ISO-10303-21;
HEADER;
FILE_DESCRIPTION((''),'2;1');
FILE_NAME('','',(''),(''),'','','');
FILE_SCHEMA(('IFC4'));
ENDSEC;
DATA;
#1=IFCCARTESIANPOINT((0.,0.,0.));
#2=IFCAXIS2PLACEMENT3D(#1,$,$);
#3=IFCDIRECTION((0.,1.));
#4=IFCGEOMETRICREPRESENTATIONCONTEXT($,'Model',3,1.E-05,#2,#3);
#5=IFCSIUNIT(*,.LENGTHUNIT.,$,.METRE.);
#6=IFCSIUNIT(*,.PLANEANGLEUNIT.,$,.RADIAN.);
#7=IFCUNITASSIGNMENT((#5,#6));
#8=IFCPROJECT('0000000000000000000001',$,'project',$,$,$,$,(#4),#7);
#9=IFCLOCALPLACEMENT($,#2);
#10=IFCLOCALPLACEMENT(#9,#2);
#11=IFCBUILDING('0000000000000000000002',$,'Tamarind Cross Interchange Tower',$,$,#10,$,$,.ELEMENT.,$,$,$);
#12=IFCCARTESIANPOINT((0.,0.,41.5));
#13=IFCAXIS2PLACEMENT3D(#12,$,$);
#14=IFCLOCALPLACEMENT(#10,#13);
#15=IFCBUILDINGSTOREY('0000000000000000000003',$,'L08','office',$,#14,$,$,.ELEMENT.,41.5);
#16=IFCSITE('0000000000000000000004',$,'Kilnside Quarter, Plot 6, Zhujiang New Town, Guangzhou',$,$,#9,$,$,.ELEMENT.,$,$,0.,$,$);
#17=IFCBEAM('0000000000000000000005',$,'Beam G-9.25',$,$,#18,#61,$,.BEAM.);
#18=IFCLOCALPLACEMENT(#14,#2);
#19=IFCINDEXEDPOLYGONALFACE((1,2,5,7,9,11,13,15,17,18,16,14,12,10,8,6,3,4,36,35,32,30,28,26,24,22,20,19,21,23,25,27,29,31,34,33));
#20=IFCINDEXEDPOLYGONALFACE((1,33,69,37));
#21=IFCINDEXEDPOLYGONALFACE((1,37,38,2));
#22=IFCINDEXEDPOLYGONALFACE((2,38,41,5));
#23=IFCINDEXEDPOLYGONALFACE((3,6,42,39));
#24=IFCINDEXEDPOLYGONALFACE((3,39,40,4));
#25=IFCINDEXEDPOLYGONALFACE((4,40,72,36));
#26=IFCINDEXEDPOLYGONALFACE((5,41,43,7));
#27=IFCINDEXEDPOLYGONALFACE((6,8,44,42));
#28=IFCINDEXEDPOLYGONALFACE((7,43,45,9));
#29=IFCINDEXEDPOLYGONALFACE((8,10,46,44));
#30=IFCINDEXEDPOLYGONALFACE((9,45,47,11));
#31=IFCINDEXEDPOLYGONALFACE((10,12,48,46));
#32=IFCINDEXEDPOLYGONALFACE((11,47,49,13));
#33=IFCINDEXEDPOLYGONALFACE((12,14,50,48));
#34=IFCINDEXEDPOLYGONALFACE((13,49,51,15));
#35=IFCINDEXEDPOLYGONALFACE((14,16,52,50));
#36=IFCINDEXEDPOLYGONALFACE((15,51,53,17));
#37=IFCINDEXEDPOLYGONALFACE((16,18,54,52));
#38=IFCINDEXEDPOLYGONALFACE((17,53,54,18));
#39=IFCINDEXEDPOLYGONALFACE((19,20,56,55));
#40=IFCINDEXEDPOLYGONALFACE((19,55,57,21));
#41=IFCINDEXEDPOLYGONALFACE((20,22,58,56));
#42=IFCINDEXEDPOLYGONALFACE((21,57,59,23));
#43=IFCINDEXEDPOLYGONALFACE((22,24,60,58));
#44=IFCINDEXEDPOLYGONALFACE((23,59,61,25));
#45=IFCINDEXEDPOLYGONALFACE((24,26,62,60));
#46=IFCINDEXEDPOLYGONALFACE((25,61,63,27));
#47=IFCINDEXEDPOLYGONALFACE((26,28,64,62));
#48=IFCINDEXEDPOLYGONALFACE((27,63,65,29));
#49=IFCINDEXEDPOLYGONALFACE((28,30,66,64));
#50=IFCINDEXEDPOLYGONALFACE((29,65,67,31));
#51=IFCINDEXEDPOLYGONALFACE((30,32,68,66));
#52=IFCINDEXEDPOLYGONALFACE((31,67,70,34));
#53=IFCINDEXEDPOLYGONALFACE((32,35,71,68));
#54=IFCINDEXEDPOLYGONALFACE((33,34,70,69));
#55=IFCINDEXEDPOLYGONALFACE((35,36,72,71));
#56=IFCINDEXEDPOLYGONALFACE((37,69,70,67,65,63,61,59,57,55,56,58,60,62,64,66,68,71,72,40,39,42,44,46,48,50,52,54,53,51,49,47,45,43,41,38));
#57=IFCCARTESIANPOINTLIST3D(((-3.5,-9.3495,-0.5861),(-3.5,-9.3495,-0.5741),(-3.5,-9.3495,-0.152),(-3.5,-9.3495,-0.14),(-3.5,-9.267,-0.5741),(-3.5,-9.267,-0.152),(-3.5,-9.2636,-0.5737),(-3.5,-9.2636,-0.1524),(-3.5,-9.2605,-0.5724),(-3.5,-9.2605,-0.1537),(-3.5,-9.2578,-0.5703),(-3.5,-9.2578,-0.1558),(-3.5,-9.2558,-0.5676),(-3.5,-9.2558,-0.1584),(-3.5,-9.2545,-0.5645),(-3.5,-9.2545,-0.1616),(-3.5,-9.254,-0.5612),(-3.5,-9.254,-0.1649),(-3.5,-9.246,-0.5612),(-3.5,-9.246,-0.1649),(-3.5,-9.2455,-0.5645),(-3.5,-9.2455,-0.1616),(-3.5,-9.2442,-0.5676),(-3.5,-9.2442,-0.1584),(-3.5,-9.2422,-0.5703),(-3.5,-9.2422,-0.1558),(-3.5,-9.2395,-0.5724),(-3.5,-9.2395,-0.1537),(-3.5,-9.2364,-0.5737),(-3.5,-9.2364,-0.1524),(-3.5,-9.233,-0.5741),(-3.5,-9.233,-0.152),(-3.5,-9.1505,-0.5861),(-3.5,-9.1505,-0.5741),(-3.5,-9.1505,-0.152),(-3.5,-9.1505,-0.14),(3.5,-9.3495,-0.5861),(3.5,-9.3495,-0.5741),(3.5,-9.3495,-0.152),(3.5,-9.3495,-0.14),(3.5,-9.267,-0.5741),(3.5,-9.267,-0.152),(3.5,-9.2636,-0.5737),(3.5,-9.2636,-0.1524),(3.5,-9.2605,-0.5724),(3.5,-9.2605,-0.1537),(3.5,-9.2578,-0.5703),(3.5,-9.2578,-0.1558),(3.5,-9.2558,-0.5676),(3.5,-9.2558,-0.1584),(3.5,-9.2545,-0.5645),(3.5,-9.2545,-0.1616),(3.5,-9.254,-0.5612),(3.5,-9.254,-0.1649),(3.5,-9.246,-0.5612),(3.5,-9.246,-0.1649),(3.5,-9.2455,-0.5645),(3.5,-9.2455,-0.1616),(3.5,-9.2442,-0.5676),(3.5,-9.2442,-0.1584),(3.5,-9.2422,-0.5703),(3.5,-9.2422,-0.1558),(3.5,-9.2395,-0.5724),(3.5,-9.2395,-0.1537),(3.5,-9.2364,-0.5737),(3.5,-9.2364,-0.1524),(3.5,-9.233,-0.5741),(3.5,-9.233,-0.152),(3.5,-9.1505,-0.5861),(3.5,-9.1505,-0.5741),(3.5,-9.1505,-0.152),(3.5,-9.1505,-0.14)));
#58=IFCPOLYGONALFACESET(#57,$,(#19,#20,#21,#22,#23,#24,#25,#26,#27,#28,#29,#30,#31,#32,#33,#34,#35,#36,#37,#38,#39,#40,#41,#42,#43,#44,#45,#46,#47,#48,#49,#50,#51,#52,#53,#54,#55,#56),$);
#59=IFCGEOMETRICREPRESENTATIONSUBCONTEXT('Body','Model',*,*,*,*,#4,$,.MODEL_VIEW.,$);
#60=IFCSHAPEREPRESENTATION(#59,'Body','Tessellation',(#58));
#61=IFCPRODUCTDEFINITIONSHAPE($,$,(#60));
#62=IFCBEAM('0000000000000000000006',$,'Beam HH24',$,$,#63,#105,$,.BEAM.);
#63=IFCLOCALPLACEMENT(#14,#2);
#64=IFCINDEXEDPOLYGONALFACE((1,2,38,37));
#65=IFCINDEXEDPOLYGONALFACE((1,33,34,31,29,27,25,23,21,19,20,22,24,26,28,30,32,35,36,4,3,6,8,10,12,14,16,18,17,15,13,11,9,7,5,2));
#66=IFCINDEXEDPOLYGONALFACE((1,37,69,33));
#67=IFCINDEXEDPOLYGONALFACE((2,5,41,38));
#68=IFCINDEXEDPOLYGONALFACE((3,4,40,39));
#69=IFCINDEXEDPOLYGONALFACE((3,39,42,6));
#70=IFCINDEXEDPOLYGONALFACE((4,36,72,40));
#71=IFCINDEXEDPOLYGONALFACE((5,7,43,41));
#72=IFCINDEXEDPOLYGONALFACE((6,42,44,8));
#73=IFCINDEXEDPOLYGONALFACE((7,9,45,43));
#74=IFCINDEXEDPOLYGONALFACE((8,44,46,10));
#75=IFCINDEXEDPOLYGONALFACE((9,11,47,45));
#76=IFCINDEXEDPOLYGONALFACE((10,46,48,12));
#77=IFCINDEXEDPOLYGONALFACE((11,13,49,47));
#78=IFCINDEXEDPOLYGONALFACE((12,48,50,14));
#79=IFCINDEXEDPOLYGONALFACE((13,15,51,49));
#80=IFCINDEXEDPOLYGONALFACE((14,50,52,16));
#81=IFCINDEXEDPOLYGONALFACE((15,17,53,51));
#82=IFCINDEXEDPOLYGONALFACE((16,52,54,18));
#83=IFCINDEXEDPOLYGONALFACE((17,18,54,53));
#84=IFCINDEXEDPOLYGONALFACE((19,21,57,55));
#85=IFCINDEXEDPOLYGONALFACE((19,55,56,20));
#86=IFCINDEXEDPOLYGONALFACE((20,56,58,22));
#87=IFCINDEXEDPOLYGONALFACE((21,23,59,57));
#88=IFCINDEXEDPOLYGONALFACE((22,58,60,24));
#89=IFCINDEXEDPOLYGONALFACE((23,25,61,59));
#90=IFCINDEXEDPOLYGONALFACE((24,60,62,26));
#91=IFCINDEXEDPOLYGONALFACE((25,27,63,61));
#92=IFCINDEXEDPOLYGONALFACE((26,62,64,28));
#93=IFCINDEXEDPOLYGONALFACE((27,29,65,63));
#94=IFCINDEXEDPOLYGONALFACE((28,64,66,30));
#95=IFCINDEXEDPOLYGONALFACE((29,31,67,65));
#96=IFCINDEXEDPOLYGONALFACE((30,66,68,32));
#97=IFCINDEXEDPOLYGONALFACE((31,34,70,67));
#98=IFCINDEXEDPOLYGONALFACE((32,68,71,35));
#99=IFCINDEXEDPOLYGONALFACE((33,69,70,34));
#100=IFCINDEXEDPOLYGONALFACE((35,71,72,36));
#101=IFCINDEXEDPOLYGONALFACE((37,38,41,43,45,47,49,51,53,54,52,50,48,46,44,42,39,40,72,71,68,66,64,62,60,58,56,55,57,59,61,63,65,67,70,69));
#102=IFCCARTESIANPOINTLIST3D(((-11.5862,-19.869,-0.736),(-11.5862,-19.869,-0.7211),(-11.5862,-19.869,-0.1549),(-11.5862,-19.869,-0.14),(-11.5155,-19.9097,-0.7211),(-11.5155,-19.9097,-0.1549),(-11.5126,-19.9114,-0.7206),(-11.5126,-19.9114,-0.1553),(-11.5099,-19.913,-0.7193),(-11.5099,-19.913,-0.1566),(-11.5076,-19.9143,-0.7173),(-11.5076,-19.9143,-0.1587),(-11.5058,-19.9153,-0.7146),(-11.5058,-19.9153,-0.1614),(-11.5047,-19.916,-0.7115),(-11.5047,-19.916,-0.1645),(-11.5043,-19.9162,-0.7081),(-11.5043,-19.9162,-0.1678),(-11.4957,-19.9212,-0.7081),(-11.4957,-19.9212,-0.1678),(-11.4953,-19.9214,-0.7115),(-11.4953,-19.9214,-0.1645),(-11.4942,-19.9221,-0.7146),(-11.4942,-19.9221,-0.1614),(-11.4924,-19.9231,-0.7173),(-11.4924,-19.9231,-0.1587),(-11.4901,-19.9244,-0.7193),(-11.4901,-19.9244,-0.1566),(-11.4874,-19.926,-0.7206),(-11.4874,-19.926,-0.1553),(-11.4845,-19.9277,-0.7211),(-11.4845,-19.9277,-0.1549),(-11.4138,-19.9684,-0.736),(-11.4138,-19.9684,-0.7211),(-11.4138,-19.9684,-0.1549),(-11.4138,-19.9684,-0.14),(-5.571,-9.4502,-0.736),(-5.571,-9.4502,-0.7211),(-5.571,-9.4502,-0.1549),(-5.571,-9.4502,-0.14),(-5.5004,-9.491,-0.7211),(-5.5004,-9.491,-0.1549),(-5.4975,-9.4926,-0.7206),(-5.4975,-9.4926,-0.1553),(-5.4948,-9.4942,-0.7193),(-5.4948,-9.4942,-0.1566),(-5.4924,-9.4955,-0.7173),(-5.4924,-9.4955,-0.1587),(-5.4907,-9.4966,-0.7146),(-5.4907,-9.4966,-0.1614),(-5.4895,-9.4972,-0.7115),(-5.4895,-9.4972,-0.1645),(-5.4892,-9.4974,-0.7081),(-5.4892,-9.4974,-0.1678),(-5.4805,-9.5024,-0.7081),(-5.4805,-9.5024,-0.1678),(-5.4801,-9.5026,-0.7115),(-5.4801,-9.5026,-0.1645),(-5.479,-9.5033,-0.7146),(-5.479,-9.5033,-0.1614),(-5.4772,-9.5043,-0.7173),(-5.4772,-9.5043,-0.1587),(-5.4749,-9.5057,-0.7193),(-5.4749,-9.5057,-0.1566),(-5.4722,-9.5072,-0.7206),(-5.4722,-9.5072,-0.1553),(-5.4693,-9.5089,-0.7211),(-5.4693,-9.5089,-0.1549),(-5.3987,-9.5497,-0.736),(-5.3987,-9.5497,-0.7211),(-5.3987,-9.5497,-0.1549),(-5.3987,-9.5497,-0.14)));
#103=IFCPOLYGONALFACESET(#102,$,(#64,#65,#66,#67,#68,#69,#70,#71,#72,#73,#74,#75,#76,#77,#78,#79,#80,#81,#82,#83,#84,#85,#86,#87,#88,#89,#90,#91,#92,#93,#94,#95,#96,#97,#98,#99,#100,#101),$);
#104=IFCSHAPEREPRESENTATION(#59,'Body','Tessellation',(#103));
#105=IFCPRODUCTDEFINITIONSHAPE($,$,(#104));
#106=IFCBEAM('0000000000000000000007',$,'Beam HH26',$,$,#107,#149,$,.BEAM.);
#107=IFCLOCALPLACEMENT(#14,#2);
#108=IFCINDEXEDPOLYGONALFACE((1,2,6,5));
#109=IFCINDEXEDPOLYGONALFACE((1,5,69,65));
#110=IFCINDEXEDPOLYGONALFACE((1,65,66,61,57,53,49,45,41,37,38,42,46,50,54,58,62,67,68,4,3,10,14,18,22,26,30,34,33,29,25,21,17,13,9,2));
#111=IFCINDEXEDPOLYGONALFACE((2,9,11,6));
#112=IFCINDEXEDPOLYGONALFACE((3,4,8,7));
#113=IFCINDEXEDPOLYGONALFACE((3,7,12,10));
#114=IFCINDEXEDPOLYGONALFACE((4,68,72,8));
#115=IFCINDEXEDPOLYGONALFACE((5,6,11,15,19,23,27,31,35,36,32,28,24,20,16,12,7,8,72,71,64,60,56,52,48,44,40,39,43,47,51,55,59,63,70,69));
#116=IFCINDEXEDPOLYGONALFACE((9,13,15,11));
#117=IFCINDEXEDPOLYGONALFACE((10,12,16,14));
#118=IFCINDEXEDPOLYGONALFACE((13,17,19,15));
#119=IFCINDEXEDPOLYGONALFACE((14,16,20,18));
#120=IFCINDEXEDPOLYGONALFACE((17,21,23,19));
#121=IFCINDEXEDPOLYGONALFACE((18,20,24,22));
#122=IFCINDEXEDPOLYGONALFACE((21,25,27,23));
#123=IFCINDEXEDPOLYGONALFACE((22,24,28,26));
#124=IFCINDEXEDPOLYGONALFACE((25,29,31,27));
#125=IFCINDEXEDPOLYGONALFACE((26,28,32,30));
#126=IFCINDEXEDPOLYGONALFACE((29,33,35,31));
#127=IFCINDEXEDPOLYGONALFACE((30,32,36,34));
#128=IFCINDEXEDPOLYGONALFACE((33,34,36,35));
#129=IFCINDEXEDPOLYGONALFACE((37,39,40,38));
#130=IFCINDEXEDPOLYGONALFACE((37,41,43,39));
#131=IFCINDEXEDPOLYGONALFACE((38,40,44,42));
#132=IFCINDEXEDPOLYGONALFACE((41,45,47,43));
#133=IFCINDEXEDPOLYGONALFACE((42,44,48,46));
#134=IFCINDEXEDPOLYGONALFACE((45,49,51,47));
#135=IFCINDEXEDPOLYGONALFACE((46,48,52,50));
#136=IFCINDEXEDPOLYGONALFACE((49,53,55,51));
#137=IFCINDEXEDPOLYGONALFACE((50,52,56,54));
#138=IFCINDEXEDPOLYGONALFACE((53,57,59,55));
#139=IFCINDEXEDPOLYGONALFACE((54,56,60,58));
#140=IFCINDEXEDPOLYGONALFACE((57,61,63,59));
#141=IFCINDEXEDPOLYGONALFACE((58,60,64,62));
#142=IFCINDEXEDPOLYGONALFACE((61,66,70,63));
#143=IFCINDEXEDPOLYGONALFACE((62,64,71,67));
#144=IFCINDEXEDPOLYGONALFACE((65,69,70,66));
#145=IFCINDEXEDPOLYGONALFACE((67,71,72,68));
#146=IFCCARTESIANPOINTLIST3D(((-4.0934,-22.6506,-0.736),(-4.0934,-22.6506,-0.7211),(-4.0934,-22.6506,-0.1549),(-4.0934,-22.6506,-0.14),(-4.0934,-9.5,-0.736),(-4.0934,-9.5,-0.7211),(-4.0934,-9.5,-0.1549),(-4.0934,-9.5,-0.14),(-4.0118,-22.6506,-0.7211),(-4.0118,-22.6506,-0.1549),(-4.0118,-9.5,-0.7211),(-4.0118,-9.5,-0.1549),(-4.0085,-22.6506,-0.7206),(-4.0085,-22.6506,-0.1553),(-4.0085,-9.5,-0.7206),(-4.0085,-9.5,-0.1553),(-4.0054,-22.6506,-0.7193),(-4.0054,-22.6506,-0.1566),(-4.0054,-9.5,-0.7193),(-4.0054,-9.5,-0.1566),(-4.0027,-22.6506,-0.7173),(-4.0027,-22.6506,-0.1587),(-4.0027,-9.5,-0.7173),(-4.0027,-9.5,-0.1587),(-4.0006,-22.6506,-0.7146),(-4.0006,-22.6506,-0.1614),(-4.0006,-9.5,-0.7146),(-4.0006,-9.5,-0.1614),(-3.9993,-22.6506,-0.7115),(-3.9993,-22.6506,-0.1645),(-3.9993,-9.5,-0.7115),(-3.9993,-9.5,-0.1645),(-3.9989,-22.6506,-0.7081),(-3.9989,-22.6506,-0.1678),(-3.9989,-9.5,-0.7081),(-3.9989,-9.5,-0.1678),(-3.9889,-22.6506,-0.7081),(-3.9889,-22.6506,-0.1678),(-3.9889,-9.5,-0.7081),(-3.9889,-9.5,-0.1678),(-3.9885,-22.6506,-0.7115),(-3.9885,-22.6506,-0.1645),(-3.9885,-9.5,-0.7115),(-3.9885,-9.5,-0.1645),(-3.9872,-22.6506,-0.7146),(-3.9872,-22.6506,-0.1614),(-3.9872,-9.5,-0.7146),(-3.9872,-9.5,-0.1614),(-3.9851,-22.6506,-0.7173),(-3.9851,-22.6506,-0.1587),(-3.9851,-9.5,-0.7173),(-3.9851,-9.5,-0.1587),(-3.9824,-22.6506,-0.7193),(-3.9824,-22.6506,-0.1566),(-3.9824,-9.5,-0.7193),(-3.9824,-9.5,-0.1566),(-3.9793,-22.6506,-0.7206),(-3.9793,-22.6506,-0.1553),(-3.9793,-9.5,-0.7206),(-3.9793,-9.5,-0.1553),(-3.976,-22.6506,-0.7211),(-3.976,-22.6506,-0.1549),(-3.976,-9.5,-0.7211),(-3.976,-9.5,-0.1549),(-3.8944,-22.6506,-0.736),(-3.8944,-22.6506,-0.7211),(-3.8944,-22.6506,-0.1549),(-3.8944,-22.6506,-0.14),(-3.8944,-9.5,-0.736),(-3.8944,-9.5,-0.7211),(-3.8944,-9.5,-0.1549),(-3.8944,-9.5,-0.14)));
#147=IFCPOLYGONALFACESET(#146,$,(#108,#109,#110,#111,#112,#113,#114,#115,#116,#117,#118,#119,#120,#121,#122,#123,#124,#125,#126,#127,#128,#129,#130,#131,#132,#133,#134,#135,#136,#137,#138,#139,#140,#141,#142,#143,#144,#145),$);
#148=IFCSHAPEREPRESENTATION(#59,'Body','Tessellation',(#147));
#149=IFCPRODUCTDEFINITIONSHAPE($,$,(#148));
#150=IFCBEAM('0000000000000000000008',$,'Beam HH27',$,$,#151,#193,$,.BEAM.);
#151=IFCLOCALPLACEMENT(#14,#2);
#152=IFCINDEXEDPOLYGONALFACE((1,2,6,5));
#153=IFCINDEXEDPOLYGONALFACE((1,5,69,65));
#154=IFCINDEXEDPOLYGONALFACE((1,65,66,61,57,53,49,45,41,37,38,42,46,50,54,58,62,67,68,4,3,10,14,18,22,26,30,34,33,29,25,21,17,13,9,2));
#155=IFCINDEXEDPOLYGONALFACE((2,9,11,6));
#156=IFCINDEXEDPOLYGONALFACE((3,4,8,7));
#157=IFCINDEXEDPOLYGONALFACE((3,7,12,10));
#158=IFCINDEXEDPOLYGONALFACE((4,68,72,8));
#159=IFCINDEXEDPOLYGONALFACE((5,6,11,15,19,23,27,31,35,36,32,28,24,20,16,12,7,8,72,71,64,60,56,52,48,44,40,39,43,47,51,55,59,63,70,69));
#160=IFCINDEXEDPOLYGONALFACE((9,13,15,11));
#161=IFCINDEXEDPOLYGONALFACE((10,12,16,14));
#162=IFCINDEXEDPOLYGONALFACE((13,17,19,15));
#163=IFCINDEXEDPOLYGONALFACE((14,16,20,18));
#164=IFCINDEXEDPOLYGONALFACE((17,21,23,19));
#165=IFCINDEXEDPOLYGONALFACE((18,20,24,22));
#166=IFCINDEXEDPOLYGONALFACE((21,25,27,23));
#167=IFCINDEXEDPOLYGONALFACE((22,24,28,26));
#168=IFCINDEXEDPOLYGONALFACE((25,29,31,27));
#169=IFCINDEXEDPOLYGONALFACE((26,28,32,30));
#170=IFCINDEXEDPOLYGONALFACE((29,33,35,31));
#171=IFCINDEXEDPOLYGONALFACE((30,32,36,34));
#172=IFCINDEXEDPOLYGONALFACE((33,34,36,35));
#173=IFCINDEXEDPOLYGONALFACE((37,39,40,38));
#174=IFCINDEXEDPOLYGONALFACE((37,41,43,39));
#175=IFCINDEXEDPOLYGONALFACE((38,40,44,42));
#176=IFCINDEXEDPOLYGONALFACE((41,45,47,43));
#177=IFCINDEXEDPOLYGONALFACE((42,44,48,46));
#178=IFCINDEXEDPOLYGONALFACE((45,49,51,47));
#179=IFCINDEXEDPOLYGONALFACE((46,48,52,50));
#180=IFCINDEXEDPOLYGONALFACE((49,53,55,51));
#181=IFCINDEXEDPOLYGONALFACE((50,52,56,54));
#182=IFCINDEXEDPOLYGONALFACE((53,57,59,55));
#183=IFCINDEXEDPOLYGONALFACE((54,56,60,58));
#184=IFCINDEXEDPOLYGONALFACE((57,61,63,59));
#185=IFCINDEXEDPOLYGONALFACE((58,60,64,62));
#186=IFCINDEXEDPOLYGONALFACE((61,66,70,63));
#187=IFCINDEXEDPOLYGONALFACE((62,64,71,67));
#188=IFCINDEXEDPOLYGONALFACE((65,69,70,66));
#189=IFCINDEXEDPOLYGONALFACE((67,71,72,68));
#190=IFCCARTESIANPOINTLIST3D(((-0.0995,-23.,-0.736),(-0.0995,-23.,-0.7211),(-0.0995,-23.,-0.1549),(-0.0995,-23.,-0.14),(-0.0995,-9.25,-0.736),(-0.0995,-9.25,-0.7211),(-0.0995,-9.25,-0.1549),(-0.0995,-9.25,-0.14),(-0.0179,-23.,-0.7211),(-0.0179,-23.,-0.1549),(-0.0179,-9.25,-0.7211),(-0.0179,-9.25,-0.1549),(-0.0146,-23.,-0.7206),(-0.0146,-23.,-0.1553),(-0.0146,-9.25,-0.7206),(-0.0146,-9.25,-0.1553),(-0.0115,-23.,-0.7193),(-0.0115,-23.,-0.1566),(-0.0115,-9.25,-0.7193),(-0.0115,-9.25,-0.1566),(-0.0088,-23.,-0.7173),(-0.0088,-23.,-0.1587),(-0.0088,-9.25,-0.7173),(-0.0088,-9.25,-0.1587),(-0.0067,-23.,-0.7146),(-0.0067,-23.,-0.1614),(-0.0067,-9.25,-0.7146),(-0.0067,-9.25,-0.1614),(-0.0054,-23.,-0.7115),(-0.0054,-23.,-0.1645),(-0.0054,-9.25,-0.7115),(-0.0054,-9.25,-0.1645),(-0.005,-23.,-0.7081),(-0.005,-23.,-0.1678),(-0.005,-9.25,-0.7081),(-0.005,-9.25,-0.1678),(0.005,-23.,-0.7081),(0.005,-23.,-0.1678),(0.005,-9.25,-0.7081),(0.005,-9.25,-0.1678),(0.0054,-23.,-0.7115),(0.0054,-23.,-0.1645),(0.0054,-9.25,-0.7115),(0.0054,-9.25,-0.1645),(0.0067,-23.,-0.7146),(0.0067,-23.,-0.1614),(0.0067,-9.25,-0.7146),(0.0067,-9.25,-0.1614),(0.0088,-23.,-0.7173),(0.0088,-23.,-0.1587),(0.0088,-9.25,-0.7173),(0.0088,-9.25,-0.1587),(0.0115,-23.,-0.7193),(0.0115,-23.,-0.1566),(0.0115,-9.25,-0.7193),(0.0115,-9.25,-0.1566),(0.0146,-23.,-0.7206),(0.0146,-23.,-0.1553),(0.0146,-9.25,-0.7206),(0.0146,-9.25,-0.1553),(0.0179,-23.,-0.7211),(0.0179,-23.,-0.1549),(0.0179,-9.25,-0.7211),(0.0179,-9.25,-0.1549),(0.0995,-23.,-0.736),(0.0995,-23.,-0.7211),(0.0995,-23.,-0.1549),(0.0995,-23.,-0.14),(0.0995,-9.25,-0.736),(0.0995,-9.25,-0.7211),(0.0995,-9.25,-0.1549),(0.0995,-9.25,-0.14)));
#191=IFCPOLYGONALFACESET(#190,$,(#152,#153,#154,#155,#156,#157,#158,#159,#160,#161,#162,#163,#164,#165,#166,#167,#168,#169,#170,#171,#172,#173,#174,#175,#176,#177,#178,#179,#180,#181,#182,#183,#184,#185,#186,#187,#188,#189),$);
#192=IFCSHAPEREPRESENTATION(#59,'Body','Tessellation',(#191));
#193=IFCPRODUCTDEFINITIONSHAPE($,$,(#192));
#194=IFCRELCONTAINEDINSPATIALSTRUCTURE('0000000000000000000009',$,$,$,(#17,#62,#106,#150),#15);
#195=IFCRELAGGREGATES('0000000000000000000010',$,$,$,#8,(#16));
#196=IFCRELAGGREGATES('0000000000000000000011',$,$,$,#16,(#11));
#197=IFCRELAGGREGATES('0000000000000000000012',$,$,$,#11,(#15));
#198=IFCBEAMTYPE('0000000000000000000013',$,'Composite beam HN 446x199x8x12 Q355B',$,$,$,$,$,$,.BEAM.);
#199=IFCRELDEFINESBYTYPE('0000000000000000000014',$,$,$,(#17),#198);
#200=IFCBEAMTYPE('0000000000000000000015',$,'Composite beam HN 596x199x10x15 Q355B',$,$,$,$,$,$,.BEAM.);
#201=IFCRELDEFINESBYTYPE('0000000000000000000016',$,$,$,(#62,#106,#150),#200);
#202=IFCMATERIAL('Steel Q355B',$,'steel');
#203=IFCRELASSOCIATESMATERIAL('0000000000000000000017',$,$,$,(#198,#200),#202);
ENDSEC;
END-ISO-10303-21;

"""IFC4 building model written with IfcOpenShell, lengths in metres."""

from ifc_helpers import new_model, si_unit, direction, frame, origin, origin_2d, place, context, subcontext, project, spatial, i_section, extrude, material, material_profile, profile_set, type_object, element, save


model = new_model("IFC4")

# Units and contexts
model_context = context("Model", 3, precision=1e-05, world=origin(), true_north=direction((0.0, 1.0)))
body_context = subcontext(model_context, "Body", "Model", "MODEL_VIEW")
ifc_project = project(units=[si_unit("LENGTHUNIT", "METRE"), si_unit("PLANEANGLEUNIT", "RADIAN")], contexts=[model_context])

# Site, building, storey
site_placement = place(None, origin())
site = spatial("IfcSite", under=ifc_project, at=site_placement, Name="Kilnside Quarter, Plot 6, Zhujiang New Town, Guangzhou", CompositionType="ELEMENT", RefElevation=0.0)
building_placement = place(site_placement, origin())
building = spatial("IfcBuilding", under=site, at=building_placement, Name="Tamarind Cross Interchange Tower", CompositionType="ELEMENT")
storey_placement = place(building_placement, frame((0.0, 0.0, 41.5)))
storey = spatial("IfcBuildingStorey", under=building, at=storey_placement, Name="L08", Description="office", CompositionType="ELEMENT", Elevation=41.5)

# Beams
ifc_material_1 = material(Name="Steel Q355B", Category="steel")
ifc_material_profile_1 = material_profile(ifc_material_1, i_section(OverallWidth=0.199, OverallDepth=0.446, WebThickness=0.0081, FlangeThickness=0.012, FilletRadius=0.0129, at=origin_2d()), Name="HN 446x199x8x12")
ifc_profile_set_1 = profile_set([ifc_material_profile_1], Name="Steel Q355B")
beam_type_1 = type_object("IfcBeamType", Name="Composite beam HN 446x199x8x12 Q355B", PredefinedType="BEAM", material=ifc_profile_set_1)
beam_1_placement = place(storey_placement, frame((-3.5, -9.25, -0.363), z_axis=(1.0, 0.0, 0.0), x_axis=(0.0, 1.0, 0.0)))
element("IfcBeam", 1, at=beam_1_placement, inside=storey, type_object=beam_type_1, Name="Beam G-9.25", PredefinedType="BEAM", context=body_context, shape_type="SweptSolid", body=[
    extrude(i_section(OverallWidth=0.199, OverallDepth=0.446, WebThickness=0.0081, FlangeThickness=0.012, FilletRadius=0.0129, at=origin_2d()), origin(), (0.0, 0.0, 1.0), 7.0),
])
ifc_material_profile_2 = material_profile(ifc_material_1, i_section(OverallWidth=0.199, OverallDepth=0.5959, WebThickness=0.01, FlangeThickness=0.0149, FilletRadius=0.0129, at=origin_2d()), Name="HN 596x199x10x15")
ifc_profile_set_2 = profile_set([ifc_material_profile_2], Name="Steel Q355B")
beam_type_2 = type_object("IfcBeamType", Name="Composite beam HN 596x199x10x15 Q355B", PredefinedType="BEAM", material=ifc_profile_set_2)
beam_2_placement = place(storey_placement, frame((-11.5, -19.9187, -0.438), z_axis=(0.499994, 0.866029, 0.0), x_axis=(-0.866029, 0.499994, 0.0)))
element("IfcBeam", 2, at=beam_2_placement, inside=storey, type_object=beam_type_2, Name="Beam HH24", PredefinedType="BEAM", context=body_context, shape_type="SweptSolid", body=[
    extrude(i_section(OverallWidth=0.199, OverallDepth=0.5959, WebThickness=0.01, FlangeThickness=0.0149, FilletRadius=0.0129, at=origin_2d()), origin(), (0.0, 0.0, 1.0), 12.0305),
])
beam_3_placement = place(storey_placement, frame((-3.9939, -22.6506, -0.438), z_axis=(0.0, 1.0, 0.0), x_axis=(-1.0, 0.0, 0.0)))
element("IfcBeam", 3, at=beam_3_placement, inside=storey, type_object=beam_type_2, Name="Beam HH26", PredefinedType="BEAM", context=body_context, shape_type="SweptSolid", body=[
    extrude(i_section(OverallWidth=0.199, OverallDepth=0.5959, WebThickness=0.01, FlangeThickness=0.0149, FilletRadius=0.0129, at=origin_2d()), origin(), (0.0, 0.0, 1.0), 13.1506),
])
beam_4_placement = place(storey_placement, frame((0.0, -23.0, -0.438), z_axis=(0.0, 1.0, 0.0), x_axis=(-1.0, 0.0, 0.0)))
element("IfcBeam", 4, at=beam_4_placement, inside=storey, type_object=beam_type_2, Name="Beam HH27", PredefinedType="BEAM", context=body_context, shape_type="SweptSolid", body=[
    extrude(i_section(OverallWidth=0.199, OverallDepth=0.5959, WebThickness=0.01, FlangeThickness=0.0149, FilletRadius=0.0129, at=origin_2d()), origin(), (0.0, 0.0, 1.0), 13.75),
])

save(model, "model.ifc")
